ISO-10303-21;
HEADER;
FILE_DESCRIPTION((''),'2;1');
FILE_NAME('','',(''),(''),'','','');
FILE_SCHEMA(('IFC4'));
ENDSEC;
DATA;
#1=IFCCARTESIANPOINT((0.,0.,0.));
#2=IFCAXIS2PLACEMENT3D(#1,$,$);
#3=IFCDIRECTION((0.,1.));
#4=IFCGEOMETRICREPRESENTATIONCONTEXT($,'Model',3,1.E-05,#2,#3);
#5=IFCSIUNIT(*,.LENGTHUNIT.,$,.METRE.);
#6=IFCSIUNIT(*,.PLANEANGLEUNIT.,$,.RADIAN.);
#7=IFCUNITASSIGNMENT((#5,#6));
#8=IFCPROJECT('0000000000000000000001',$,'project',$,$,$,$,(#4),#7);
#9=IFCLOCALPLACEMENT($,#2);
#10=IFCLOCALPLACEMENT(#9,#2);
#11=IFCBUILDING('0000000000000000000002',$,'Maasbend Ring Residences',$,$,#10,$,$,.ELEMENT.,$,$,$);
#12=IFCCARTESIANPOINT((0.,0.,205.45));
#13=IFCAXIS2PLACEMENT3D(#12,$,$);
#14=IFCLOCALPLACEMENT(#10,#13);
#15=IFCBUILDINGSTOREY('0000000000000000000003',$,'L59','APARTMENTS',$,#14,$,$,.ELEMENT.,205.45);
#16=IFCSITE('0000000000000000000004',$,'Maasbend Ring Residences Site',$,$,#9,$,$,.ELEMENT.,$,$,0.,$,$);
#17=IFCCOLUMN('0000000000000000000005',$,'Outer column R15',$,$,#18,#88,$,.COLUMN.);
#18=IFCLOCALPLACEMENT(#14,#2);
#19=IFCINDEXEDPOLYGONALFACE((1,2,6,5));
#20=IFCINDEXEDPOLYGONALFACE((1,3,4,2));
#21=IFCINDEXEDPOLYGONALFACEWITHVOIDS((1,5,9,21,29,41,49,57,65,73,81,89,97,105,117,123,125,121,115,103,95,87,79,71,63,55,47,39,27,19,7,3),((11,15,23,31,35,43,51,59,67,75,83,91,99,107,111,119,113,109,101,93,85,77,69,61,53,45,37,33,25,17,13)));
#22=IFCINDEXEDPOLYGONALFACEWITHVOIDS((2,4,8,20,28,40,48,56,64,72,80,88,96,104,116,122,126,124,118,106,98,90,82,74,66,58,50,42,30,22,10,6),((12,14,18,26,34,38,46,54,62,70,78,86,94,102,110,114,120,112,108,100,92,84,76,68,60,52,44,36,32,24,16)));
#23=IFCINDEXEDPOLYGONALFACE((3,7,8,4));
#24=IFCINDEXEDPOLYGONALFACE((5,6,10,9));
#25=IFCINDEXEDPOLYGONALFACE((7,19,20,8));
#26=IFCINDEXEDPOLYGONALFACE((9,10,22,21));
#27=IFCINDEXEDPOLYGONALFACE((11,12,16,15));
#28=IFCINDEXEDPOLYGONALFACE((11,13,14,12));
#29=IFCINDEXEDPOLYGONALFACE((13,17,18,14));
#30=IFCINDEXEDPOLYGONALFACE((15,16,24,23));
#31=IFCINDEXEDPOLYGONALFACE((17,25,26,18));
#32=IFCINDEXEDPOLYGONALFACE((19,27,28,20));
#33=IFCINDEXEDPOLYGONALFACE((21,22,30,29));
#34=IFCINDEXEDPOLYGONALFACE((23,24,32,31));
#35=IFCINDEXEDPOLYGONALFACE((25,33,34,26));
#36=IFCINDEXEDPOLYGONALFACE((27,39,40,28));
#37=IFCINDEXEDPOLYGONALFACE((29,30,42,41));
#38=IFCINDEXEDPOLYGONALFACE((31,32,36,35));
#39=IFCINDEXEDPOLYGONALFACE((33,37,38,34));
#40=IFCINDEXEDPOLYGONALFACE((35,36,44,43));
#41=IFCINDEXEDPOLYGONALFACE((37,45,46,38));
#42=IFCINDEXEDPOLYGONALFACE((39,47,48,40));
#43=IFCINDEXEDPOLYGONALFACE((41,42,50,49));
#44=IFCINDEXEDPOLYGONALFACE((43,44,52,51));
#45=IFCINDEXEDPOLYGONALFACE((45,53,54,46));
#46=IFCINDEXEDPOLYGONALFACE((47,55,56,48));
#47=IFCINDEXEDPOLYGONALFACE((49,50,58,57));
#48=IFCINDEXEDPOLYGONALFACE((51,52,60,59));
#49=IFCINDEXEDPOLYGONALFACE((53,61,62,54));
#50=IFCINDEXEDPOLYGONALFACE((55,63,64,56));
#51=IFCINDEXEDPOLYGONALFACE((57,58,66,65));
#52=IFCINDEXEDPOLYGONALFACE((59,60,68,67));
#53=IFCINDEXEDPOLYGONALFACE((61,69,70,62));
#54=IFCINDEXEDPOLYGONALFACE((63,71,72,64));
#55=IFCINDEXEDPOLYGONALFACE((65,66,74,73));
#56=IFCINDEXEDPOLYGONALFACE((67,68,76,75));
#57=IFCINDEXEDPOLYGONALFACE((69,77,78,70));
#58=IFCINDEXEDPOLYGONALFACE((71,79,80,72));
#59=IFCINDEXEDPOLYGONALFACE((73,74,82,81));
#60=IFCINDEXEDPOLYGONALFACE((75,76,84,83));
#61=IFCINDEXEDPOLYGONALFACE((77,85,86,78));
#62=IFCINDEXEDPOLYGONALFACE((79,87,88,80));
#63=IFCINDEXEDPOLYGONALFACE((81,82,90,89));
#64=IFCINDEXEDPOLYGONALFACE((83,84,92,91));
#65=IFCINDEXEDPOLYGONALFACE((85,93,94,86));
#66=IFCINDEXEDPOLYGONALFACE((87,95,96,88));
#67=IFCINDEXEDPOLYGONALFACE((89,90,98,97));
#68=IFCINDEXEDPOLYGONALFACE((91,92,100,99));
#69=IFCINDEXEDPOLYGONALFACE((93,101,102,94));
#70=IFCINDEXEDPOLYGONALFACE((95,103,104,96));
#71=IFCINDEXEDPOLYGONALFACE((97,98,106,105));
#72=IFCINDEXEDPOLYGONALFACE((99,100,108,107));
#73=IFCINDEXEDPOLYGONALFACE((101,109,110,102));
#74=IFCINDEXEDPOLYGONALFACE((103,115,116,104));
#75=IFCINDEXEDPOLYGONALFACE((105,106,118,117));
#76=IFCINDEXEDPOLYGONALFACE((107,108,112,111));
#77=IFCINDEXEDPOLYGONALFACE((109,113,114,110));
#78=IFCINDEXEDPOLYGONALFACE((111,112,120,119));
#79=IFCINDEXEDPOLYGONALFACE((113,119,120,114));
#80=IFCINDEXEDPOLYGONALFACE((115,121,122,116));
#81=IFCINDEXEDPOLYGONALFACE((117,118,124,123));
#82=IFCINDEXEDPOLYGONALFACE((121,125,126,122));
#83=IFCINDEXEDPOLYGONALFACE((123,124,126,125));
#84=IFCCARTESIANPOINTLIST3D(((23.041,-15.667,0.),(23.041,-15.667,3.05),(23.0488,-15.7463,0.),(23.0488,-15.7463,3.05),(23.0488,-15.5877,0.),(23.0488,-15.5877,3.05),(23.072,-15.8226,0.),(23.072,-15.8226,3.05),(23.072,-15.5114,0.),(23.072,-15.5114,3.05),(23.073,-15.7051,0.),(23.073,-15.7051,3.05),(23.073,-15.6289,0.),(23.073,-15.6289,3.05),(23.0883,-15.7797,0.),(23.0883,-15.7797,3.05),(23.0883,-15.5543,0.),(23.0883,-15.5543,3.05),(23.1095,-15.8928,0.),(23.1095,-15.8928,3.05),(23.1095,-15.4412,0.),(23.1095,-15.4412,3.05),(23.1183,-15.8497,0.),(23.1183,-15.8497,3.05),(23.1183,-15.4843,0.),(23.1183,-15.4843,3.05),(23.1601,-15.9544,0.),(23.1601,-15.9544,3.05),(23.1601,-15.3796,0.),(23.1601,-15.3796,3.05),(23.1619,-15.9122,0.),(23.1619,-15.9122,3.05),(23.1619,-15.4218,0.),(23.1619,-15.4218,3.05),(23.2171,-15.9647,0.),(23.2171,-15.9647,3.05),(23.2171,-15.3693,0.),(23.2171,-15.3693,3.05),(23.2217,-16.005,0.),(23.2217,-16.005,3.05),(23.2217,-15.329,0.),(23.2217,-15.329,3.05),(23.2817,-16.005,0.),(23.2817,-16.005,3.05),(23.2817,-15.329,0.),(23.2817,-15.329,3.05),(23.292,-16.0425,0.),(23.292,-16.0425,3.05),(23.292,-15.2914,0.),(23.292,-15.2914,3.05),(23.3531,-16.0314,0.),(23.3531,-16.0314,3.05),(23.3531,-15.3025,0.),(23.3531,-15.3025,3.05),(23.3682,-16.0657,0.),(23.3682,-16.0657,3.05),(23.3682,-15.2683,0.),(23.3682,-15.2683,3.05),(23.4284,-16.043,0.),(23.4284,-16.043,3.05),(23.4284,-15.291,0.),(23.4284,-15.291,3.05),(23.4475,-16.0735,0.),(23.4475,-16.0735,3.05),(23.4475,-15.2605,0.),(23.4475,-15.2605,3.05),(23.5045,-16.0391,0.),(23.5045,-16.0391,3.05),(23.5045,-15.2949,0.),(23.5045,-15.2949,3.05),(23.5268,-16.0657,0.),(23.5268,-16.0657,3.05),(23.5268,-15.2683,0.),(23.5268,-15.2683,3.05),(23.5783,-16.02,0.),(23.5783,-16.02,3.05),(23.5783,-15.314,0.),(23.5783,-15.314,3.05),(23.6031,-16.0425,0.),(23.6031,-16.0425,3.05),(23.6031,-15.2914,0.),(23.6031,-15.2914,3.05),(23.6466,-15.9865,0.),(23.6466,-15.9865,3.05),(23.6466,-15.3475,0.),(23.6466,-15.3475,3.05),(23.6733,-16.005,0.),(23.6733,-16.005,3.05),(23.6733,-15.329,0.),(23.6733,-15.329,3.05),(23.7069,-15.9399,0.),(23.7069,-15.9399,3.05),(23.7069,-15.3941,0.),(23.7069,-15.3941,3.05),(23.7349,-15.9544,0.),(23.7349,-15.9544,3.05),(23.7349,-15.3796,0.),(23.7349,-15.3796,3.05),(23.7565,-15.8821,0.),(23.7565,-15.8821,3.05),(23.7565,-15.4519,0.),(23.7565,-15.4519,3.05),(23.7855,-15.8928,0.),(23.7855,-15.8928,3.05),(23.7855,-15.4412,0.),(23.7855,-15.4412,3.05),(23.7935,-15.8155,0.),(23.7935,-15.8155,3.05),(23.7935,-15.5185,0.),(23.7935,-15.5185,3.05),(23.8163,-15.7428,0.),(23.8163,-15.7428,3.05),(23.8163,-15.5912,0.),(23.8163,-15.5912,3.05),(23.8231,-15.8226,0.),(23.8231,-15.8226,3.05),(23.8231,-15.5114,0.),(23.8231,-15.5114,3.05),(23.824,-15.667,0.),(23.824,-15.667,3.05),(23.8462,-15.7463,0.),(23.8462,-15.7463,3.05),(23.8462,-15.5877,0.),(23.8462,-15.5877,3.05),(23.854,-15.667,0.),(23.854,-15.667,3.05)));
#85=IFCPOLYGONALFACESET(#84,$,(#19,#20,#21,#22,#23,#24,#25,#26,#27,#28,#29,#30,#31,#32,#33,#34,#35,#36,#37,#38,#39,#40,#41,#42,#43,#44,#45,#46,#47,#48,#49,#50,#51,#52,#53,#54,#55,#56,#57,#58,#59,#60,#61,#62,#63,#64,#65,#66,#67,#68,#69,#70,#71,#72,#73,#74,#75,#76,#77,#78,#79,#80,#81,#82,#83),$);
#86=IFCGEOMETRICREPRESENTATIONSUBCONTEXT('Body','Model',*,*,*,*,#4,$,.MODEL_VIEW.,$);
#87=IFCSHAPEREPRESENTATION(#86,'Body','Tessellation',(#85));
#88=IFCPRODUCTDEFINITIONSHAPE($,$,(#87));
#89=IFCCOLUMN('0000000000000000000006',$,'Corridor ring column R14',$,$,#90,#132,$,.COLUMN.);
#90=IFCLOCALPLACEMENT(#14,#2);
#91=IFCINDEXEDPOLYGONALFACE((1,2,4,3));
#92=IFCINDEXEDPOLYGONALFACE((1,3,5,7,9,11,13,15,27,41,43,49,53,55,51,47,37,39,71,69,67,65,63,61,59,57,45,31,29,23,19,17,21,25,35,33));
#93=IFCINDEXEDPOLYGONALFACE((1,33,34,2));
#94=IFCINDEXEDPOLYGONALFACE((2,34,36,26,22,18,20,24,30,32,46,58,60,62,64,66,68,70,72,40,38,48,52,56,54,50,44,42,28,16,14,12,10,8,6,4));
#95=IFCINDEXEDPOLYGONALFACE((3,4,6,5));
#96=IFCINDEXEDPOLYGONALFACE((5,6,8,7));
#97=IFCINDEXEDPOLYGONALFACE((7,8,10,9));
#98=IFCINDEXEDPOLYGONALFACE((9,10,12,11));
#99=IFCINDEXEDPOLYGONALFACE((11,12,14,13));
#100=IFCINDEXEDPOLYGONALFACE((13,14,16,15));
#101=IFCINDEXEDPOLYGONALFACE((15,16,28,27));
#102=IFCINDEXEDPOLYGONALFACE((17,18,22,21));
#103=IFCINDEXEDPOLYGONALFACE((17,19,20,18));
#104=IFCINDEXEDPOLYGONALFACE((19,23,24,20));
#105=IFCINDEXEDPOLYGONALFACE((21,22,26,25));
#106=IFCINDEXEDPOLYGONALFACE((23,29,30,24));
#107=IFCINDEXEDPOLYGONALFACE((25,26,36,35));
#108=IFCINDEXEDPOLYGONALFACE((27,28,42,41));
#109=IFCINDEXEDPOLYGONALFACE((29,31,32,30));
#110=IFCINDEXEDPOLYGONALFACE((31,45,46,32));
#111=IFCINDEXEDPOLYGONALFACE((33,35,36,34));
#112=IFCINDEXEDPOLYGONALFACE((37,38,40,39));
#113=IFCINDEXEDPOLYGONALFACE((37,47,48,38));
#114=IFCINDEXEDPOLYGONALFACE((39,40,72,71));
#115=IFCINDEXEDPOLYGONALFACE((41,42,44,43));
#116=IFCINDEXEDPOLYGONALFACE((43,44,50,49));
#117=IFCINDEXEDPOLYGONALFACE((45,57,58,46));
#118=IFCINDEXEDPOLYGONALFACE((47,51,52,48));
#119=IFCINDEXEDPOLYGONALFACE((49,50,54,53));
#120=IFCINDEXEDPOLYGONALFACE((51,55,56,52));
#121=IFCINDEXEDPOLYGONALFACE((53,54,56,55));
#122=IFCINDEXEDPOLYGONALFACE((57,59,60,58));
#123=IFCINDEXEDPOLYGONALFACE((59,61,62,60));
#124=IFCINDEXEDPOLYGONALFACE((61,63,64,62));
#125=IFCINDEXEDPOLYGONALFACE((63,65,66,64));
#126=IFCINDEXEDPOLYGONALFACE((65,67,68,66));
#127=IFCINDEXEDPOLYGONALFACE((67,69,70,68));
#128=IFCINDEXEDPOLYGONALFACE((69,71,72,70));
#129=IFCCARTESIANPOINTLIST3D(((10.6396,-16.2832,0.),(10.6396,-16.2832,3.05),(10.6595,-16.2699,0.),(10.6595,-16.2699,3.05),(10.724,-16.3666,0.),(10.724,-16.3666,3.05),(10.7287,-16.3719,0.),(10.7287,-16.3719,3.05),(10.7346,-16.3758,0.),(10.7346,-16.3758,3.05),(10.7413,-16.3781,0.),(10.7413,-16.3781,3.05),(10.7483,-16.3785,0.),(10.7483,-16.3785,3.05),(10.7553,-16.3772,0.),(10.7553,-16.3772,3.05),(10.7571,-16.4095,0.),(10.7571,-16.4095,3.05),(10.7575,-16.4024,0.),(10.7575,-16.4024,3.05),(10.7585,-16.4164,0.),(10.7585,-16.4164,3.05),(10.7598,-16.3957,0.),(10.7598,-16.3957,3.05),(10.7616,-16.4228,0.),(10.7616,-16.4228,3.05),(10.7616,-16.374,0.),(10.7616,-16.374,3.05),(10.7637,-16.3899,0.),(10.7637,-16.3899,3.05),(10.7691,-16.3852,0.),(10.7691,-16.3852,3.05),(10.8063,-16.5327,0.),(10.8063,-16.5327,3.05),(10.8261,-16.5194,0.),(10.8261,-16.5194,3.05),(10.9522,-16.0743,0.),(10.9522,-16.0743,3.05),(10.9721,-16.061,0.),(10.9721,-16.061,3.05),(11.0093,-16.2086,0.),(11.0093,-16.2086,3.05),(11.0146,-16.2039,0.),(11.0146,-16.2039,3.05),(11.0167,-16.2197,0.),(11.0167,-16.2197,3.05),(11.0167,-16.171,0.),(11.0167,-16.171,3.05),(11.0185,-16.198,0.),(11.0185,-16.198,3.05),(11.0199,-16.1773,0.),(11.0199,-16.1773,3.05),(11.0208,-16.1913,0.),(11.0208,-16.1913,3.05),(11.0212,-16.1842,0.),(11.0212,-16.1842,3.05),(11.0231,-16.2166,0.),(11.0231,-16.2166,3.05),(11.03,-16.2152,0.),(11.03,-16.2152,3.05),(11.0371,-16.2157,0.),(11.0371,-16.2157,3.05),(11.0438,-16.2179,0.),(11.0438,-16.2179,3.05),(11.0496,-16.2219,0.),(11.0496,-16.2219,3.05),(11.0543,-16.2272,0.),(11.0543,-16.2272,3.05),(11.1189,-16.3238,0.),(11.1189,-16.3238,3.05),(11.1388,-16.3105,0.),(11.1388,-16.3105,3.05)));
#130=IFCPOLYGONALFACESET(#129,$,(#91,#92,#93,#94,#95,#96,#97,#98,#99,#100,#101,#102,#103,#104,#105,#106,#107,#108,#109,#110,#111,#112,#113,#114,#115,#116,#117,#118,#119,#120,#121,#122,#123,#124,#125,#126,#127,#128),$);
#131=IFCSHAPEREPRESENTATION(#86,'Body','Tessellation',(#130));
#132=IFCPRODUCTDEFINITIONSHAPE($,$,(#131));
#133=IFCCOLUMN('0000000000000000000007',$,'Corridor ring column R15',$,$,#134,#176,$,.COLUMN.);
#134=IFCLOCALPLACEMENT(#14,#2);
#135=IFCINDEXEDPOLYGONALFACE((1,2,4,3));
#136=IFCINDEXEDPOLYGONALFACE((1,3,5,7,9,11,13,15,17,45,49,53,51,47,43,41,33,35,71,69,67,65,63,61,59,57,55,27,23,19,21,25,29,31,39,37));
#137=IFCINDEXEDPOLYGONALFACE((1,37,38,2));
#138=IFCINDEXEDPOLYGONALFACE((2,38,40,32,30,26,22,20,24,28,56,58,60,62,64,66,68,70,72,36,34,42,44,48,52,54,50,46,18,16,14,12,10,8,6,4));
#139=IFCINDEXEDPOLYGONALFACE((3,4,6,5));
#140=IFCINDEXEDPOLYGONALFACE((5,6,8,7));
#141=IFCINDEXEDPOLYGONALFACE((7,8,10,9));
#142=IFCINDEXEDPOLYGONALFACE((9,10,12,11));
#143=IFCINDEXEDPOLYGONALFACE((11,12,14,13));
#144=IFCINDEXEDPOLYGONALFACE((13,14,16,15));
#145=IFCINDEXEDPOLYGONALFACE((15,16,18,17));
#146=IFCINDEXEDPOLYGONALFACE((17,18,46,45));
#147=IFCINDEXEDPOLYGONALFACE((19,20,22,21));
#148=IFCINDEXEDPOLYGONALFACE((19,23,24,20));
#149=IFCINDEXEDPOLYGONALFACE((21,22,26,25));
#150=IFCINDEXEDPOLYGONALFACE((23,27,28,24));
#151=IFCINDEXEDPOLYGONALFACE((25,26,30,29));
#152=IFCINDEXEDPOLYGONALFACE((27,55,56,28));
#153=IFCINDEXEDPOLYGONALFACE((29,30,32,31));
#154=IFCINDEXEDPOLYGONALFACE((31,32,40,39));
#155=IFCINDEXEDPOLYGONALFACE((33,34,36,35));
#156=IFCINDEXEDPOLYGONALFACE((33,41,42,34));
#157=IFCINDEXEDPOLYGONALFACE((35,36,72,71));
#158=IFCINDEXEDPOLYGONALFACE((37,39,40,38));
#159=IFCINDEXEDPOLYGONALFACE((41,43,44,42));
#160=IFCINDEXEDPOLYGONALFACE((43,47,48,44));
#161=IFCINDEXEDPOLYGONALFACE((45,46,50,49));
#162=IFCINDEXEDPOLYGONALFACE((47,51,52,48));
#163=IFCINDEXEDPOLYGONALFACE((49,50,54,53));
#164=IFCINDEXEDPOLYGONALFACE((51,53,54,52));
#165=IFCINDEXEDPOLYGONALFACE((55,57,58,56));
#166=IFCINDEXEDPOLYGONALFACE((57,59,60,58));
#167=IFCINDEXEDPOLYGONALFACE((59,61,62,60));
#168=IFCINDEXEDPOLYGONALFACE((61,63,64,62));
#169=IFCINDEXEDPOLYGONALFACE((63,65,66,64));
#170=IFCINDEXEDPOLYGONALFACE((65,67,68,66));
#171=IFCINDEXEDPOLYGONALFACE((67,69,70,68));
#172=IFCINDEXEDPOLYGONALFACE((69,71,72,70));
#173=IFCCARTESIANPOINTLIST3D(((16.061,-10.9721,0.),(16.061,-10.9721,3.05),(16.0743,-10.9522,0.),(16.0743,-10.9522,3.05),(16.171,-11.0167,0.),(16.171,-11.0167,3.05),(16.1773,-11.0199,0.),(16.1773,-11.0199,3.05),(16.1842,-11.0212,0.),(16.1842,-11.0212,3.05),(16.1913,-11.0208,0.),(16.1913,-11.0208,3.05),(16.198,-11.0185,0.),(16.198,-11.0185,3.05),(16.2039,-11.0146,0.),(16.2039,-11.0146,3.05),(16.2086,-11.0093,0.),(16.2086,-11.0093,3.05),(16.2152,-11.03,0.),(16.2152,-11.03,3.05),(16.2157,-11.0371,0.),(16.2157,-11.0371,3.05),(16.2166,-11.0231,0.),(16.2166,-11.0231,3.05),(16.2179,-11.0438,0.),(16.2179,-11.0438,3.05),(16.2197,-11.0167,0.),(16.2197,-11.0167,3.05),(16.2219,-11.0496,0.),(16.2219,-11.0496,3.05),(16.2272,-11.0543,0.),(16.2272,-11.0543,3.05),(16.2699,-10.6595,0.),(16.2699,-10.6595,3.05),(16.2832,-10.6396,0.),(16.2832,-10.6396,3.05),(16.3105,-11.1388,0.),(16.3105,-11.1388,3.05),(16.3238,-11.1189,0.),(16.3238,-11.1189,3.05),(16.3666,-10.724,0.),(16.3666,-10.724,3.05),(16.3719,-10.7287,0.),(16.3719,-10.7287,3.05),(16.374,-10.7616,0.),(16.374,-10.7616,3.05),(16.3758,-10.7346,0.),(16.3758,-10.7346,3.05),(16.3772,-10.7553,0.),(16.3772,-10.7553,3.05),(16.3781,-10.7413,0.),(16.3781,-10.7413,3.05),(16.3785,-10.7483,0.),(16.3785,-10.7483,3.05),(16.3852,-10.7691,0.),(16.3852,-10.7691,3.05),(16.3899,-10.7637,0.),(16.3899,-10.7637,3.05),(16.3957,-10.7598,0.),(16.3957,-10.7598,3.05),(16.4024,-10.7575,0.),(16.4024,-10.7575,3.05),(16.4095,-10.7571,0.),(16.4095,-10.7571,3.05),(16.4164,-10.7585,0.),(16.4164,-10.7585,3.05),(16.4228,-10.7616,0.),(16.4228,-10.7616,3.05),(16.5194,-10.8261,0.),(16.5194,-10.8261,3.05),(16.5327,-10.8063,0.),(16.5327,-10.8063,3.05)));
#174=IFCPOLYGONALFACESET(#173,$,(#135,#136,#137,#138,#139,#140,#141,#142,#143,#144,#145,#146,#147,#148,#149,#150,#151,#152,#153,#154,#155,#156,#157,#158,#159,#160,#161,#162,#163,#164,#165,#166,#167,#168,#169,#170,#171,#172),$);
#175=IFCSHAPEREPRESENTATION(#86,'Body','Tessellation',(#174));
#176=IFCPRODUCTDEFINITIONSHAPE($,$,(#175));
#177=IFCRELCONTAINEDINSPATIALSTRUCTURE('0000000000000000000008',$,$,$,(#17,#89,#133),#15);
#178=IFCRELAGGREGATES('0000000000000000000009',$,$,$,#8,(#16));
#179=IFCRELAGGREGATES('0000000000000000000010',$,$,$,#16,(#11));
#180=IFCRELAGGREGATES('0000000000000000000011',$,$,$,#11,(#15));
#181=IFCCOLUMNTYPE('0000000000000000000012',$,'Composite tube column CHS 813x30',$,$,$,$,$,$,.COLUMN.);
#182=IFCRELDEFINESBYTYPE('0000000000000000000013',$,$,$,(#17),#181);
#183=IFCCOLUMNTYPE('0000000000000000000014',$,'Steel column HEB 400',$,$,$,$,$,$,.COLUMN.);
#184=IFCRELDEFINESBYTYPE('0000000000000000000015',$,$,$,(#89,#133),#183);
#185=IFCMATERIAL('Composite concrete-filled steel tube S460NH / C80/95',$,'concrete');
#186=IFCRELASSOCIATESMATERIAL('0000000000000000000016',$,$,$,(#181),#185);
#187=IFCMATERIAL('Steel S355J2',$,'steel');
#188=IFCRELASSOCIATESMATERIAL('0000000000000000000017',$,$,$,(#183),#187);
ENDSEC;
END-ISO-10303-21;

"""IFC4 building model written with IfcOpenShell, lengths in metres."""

from ifc_helpers import new_model, si_unit, direction, frame, origin, origin_2d, place, context, subcontext, project, spatial, hollow_circle, i_section, extrude, material, material_profile, profile_set, type_object, element, save


model = new_model("IFC4")

# Units and contexts
model_context = context("Model", 3, precision=1e-05, world=origin(), true_north=direction((0.0, 1.0)))
body_context = subcontext(model_context, "Body", "Model", "MODEL_VIEW")
ifc_project = project(units=[si_unit("LENGTHUNIT", "METRE"), si_unit("PLANEANGLEUNIT", "RADIAN")], contexts=[model_context])

# Site, building, storey
site_placement = place(None, origin())
site = spatial("IfcSite", under=ifc_project, at=site_placement, Name="Maasbend Ring Residences Site", CompositionType="ELEMENT", RefElevation=0.0)
building_placement = place(site_placement, origin())
building = spatial("IfcBuilding", under=site, at=building_placement, Name="Maasbend Ring Residences", CompositionType="ELEMENT")
storey_placement = place(building_placement, frame((0.0, 0.0, 205.45)))
storey = spatial("IfcBuildingStorey", under=building, at=storey_placement, Name="L59", Description="APARTMENTS", CompositionType="ELEMENT", Elevation=205.45)

# Columns
ifc_material_1 = material(Name="Composite concrete-filled steel tube S460NH / C80/95", Category="concrete")
ifc_material_profile_1 = material_profile(ifc_material_1, hollow_circle(Radius=0.4065, WallThickness=0.03, at=origin_2d()), Name="Composite tube column CHS 813x30")
ifc_profile_set_1 = profile_set([ifc_material_profile_1], Name="Composite concrete-filled steel tube S460NH / C80/95")
column_type_1 = type_object("IfcColumnType", Name="Composite tube column CHS 813x30", PredefinedType="COLUMN", material=ifc_profile_set_1)
column_placement = place(storey_placement, frame((23.4475, -15.667, 0.0), z_axis=(0.0, 0.0, 1.0), x_axis=(1.0, 0.0, 0.0)))
element("IfcColumn", 1, at=column_placement, inside=storey, type_object=column_type_1, Name="Outer column R15", PredefinedType="COLUMN", context=body_context, shape_type="SweptSolid", body=[
    extrude(hollow_circle(Radius=0.4065, WallThickness=0.03, at=origin_2d()), origin(), (0.0, 0.0, 1.0), 3.05),
])
ifc_material_2 = material(Name="Steel S355J2", Category="steel")
ifc_material_profile_2 = material_profile(ifc_material_2, i_section(OverallWidth=0.3, OverallDepth=0.3999, WebThickness=0.0134, FlangeThickness=0.0239, FilletRadius=0.0271, at=origin_2d()), Name="HEB 400")
ifc_profile_set_2 = profile_set([ifc_material_profile_2], Name="Steel S355J2")
column_type_2 = type_object("IfcColumnType", Name="Steel column HEB 400", PredefinedType="COLUMN", material=ifc_profile_set_2)
for number, where, z_axis, x_axis, name in (
    (2, (10.8892, -16.2969, 0.0), (0.0, 0.0, 1.0), (0.55557, -0.83147, 0.0), "Corridor ring column R14"),
    (3, (16.2969, -10.8892, 0.0), (0.0, 0.0, 1.0), (0.83147, -0.55557, 0.0), "Corridor ring column R15"),
):
    element("IfcColumn", number, at=place(storey_placement, frame(where, z_axis=z_axis, x_axis=x_axis)), inside=storey, type_object=column_type_2, Name=name, PredefinedType="COLUMN", context=body_context, shape_type="SweptSolid", body=[
        extrude(i_section(OverallWidth=0.3, OverallDepth=0.3999, WebThickness=0.0134, FlangeThickness=0.0239, FilletRadius=0.0271, at=origin_2d()), origin(), (0.0, 0.0, 1.0), 3.05),
    ])

save(model, "model.ifc")
